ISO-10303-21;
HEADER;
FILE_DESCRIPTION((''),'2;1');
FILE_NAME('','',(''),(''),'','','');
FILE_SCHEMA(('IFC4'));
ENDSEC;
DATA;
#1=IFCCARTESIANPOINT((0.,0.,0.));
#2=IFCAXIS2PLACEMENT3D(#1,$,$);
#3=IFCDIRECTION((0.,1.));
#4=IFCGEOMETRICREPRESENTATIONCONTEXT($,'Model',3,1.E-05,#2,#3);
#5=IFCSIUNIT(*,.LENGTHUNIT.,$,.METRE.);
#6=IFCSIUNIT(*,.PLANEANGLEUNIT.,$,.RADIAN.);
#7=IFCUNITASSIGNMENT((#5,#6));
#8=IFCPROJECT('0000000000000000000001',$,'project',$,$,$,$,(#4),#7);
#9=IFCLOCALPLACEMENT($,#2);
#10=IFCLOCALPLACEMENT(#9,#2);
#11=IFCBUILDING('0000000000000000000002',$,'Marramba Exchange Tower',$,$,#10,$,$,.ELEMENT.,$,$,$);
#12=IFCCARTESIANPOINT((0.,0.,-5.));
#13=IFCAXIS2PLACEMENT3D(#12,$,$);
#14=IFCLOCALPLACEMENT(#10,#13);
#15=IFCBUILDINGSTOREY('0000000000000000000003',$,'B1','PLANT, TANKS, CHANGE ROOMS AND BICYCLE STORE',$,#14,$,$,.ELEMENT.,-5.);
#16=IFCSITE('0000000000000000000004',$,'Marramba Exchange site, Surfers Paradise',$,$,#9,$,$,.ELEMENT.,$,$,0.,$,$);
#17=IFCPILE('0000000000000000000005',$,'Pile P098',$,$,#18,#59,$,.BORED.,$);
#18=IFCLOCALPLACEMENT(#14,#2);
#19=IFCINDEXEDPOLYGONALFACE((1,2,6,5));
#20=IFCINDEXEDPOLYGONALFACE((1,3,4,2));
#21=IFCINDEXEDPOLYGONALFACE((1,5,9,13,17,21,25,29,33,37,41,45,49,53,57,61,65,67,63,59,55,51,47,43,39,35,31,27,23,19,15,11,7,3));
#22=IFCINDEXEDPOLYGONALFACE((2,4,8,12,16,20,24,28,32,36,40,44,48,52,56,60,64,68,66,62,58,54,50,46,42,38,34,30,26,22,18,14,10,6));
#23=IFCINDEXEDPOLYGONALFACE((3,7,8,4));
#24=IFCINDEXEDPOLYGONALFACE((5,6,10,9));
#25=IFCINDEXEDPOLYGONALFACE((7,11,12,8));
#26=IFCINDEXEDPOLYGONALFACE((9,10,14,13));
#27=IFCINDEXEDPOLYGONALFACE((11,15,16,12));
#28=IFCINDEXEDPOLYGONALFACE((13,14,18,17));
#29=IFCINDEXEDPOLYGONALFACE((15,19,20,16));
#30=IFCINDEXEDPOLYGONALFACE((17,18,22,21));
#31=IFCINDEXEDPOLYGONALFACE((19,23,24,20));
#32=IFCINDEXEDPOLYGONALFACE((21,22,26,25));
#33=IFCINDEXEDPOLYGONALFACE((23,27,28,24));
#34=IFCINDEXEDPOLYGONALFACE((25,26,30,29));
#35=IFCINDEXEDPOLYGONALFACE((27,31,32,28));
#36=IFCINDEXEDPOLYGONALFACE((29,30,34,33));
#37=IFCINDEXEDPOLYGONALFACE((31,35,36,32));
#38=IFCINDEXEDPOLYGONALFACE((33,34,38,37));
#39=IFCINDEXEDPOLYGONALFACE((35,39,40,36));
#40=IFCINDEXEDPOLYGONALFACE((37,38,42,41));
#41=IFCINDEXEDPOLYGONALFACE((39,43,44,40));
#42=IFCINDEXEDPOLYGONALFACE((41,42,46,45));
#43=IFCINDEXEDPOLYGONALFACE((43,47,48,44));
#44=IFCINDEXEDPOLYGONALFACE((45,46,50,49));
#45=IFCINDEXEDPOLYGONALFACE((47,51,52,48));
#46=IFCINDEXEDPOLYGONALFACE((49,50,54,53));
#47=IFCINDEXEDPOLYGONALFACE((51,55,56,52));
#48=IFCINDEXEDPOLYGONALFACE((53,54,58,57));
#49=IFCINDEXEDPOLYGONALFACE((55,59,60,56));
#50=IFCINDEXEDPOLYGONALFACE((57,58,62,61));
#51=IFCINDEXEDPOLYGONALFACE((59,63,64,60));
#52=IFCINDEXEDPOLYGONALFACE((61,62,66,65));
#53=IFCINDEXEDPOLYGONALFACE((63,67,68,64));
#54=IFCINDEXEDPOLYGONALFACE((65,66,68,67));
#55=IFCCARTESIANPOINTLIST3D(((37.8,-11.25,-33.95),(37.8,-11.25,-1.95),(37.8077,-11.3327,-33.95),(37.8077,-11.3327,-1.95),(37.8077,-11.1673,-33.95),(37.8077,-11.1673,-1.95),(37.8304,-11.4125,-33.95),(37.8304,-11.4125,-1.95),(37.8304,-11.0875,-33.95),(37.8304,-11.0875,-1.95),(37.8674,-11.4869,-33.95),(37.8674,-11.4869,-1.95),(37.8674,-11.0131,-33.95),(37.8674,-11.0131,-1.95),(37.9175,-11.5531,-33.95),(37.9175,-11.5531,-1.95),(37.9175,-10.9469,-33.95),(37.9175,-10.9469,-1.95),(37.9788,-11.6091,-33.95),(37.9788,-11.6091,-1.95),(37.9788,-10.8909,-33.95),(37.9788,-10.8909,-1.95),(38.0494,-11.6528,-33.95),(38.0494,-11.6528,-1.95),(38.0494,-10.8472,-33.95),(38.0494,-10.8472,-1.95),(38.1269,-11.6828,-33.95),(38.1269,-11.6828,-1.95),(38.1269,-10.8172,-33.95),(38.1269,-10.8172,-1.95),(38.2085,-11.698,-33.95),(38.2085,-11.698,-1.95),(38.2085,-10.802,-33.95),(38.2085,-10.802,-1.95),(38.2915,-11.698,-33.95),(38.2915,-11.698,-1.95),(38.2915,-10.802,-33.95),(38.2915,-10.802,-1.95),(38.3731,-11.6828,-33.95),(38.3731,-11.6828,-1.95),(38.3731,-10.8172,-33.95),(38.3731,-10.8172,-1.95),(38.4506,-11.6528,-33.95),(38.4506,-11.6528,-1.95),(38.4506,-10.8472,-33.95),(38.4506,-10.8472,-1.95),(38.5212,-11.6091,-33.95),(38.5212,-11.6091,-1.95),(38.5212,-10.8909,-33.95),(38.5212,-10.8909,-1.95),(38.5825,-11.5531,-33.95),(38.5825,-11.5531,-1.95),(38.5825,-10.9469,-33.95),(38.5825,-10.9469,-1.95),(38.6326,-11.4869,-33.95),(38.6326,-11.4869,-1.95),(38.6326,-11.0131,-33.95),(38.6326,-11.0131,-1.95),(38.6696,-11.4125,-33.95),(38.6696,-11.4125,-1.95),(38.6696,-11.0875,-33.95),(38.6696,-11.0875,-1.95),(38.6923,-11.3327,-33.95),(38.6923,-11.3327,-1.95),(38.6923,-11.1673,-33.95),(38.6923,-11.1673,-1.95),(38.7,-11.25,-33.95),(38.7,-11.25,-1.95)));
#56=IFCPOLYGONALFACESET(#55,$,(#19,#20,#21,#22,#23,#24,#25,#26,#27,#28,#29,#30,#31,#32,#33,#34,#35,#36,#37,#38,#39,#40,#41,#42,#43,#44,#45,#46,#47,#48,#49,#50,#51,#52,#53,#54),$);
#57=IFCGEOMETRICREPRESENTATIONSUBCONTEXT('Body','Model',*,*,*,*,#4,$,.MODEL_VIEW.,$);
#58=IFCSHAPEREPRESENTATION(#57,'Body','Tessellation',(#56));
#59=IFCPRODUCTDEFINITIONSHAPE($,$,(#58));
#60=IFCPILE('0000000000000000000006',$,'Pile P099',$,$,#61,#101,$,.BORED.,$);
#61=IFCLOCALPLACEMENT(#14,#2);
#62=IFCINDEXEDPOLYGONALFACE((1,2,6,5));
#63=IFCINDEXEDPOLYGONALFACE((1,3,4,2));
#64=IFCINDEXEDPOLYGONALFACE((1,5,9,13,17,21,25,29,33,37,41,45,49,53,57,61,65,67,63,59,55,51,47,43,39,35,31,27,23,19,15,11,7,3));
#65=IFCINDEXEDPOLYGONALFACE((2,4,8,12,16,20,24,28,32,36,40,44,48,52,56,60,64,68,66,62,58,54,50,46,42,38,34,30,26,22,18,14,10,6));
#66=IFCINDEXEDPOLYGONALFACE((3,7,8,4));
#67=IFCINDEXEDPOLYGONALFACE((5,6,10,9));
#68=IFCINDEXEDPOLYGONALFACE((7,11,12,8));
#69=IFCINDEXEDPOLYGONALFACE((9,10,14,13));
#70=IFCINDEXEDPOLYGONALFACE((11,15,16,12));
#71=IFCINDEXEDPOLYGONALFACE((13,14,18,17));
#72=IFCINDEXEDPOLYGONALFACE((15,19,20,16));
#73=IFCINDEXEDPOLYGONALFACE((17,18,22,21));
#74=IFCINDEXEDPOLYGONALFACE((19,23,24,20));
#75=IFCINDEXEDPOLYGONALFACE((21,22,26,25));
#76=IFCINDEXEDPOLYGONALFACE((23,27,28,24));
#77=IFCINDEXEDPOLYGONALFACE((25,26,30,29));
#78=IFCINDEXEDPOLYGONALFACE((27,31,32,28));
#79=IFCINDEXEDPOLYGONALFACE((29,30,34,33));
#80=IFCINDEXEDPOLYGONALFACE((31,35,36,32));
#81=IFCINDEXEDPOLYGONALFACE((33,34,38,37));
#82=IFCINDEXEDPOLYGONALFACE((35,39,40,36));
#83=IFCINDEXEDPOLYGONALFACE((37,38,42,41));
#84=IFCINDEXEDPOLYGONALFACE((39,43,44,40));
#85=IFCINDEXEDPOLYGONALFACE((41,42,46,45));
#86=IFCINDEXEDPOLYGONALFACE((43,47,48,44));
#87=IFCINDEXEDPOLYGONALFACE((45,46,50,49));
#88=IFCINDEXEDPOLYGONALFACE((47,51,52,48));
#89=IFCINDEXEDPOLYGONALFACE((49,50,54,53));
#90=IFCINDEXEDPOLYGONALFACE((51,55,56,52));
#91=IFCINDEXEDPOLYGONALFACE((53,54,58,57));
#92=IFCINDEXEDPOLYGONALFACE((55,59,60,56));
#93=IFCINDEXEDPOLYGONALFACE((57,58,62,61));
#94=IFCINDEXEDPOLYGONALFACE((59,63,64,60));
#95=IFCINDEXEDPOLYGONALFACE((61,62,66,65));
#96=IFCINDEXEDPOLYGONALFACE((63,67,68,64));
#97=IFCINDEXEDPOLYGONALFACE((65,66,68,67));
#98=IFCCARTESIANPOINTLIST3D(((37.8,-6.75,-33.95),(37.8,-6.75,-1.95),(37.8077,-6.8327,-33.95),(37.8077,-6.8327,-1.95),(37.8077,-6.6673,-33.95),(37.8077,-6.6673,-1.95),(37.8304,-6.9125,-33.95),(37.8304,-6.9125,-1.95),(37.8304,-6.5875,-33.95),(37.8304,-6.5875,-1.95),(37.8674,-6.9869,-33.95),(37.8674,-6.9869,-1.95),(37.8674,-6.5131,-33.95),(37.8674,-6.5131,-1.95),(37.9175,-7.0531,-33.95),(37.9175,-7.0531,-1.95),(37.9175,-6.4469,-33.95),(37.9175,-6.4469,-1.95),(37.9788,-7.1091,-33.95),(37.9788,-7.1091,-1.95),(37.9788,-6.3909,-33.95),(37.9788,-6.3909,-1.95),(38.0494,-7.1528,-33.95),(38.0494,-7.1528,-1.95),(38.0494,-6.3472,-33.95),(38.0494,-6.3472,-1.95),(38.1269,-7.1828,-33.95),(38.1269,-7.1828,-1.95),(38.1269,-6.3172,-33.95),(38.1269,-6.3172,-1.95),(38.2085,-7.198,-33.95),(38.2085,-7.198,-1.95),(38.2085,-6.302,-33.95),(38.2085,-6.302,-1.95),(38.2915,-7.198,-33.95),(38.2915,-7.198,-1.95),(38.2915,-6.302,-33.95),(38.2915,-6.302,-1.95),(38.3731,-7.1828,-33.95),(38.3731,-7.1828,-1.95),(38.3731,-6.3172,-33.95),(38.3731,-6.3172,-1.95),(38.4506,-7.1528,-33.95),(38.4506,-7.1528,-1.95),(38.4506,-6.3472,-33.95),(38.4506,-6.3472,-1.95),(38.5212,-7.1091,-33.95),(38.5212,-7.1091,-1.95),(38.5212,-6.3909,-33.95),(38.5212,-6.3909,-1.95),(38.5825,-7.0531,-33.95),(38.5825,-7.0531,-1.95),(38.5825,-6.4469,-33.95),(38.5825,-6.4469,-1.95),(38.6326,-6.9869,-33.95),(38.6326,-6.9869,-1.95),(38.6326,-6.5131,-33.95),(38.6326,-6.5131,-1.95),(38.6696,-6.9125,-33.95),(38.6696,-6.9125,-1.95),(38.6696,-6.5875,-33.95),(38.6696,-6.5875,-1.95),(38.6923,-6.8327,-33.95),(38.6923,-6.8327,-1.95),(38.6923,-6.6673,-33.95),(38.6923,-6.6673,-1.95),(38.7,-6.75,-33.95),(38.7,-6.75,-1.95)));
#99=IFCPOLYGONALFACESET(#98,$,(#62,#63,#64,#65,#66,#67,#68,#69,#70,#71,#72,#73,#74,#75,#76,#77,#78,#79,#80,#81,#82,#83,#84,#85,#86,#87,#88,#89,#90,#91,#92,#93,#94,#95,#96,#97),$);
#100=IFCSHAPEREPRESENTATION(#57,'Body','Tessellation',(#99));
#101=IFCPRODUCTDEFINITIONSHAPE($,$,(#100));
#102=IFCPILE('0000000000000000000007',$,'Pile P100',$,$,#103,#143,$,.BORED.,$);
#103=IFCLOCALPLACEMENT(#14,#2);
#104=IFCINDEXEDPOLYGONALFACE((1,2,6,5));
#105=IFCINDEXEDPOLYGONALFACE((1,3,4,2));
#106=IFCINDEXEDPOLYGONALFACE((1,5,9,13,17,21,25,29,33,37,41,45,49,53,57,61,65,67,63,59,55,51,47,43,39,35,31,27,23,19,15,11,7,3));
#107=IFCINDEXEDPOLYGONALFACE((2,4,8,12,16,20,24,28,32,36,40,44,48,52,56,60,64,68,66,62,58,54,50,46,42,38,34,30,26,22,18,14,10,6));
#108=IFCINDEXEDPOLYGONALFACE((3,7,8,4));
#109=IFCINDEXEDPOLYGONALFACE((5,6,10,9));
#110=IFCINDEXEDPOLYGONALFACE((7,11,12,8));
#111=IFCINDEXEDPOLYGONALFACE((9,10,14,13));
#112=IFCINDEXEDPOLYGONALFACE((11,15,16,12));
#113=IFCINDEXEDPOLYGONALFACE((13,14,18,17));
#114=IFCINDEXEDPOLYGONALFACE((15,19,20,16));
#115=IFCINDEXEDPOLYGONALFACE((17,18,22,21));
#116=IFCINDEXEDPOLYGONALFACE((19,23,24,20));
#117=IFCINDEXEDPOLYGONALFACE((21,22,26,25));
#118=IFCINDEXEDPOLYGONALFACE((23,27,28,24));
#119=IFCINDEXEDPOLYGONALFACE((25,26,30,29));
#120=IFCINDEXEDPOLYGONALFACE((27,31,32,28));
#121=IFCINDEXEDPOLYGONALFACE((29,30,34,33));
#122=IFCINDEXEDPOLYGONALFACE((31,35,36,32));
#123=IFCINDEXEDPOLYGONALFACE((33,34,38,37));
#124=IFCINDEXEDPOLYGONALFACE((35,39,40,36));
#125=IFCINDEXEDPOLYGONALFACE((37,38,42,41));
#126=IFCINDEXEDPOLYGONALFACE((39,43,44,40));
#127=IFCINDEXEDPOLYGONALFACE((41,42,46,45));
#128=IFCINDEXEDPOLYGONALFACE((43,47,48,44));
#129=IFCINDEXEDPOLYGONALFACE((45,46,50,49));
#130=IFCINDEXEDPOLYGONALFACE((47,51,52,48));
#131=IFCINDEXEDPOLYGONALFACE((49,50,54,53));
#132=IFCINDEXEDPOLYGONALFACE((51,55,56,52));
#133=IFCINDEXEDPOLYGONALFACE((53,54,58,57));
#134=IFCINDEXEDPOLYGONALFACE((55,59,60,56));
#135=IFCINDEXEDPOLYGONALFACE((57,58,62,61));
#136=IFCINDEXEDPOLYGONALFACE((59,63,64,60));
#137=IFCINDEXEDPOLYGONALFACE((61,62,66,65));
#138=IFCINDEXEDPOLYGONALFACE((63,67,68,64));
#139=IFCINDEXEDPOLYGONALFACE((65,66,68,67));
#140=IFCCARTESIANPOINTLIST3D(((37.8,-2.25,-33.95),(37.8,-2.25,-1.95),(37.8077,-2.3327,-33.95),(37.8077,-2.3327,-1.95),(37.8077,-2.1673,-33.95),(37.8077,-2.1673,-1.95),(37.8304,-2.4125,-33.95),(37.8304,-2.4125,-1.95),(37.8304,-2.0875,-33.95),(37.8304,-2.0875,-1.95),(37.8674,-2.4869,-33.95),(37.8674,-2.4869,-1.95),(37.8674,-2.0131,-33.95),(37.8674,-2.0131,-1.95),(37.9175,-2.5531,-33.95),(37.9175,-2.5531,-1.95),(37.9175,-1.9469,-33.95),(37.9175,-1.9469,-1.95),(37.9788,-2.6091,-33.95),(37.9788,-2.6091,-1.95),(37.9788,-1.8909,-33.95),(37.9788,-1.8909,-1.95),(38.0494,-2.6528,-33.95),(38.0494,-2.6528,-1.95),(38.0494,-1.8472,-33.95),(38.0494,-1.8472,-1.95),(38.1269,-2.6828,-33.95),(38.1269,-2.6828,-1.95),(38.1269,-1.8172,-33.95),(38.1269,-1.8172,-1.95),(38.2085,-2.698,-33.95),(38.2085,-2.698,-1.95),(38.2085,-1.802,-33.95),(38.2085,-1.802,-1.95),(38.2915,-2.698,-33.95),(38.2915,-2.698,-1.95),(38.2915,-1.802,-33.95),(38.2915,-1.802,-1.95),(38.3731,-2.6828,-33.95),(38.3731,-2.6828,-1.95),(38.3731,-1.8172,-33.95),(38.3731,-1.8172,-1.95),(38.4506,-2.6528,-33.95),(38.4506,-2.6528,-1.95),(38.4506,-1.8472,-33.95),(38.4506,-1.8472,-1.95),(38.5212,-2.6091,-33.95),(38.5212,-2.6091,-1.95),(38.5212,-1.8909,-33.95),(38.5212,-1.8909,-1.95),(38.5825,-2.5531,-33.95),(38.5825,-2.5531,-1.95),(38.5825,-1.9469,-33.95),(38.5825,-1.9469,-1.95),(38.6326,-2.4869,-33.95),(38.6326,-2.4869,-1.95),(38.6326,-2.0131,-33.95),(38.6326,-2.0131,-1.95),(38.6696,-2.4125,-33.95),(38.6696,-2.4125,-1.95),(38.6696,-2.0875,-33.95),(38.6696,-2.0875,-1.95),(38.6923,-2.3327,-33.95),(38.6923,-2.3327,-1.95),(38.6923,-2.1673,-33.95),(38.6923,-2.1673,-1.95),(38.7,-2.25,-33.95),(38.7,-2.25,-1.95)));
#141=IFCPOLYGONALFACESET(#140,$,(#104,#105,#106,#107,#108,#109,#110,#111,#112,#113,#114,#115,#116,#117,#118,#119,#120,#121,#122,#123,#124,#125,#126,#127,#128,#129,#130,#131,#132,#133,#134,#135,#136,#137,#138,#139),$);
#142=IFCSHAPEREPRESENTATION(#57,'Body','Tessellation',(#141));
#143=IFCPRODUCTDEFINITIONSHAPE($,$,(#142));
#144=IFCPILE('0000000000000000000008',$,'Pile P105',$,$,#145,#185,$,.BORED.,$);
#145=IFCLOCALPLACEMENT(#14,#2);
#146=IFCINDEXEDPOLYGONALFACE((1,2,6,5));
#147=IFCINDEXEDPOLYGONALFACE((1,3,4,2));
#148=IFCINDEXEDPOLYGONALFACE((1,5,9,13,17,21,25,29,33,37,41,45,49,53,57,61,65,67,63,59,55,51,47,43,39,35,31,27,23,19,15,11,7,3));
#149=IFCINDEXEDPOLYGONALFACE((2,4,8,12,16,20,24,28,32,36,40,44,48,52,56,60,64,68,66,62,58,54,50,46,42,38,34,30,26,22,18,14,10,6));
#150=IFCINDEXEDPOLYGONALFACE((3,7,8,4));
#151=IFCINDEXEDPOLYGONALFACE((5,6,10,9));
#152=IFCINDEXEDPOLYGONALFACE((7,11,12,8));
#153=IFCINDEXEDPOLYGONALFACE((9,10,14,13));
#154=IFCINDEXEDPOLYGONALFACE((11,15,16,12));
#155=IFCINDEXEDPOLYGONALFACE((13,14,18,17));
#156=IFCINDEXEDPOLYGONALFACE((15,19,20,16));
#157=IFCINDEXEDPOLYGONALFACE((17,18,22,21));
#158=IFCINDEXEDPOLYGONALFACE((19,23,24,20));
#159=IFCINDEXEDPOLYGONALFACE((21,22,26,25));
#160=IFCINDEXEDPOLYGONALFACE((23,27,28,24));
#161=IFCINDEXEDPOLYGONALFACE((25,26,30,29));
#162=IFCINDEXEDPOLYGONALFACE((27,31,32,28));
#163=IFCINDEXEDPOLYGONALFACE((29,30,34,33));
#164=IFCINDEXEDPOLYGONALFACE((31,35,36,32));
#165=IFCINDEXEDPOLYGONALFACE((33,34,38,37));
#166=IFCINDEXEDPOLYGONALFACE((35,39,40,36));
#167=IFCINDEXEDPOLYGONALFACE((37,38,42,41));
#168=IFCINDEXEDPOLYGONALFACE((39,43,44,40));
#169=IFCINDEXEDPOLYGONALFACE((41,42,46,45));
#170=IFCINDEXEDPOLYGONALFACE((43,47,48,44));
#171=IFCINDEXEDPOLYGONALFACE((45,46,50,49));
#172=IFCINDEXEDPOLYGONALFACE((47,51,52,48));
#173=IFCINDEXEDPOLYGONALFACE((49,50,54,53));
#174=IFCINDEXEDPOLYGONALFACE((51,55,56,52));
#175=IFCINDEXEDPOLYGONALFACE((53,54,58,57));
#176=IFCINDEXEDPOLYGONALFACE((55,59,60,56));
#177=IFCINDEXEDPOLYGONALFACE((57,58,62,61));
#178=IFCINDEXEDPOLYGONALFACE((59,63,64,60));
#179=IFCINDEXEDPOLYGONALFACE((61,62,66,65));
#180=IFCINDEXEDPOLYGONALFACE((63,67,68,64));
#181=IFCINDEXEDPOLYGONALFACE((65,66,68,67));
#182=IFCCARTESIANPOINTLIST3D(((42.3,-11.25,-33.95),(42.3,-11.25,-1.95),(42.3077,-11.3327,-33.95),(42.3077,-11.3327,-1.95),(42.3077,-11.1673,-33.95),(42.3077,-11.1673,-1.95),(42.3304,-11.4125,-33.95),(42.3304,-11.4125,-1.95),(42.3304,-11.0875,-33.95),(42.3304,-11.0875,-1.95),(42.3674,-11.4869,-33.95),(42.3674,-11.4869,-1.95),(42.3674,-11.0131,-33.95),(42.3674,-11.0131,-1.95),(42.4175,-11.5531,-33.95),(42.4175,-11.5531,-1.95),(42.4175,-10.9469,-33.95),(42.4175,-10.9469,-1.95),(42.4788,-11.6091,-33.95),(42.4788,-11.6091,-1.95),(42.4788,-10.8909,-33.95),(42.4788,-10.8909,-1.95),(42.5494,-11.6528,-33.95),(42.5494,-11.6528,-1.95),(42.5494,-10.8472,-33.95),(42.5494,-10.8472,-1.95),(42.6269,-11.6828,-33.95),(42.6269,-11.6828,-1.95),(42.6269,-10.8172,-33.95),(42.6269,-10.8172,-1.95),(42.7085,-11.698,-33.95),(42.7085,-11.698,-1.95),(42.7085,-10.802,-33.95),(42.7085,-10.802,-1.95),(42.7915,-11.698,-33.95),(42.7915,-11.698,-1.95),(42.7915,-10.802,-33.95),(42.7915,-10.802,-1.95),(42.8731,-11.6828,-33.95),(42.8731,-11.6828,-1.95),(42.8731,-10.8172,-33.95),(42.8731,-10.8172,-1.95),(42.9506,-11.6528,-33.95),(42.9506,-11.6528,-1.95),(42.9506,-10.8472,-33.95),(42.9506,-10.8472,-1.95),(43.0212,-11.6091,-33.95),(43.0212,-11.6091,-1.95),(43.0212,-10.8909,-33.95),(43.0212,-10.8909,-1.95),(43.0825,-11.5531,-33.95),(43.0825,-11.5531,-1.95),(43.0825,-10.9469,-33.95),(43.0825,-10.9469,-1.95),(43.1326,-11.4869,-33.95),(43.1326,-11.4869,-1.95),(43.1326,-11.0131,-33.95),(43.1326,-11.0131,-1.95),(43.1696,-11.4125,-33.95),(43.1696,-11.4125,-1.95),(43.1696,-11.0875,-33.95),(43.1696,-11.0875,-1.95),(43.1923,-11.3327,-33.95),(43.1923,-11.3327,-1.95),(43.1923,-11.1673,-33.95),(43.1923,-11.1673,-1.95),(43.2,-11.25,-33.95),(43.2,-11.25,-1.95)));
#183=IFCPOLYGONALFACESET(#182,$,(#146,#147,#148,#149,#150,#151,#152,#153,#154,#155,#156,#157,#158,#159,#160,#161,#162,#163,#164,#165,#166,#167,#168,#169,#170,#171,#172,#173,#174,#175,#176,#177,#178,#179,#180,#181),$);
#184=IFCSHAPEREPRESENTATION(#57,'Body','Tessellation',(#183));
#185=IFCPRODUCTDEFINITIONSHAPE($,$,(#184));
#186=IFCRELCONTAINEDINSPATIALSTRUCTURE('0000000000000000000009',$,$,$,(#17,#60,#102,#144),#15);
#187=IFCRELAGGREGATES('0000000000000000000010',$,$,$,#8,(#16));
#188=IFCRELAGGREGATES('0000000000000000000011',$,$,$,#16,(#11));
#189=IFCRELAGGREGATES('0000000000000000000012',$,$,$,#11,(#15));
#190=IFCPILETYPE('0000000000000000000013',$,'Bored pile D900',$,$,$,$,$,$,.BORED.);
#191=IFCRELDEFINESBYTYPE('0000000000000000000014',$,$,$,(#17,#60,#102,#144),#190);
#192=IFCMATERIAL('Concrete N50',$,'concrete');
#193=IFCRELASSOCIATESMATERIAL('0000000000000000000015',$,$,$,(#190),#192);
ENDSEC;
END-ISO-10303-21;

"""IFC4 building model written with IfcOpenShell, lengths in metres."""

from ifc_helpers import new_model, si_unit, direction, frame, origin, origin_2d, place, context, subcontext, project, spatial, circle, extrude, material, material_profile, profile_set, type_object, element, save


model = new_model("IFC4")

# Units and contexts
model_context = context("Model", 3, precision=1e-05, world=origin(), true_north=direction((0.0, 1.0)))
body_context = subcontext(model_context, "Body", "Model", "MODEL_VIEW")
ifc_project = project(units=[si_unit("LENGTHUNIT", "METRE"), si_unit("PLANEANGLEUNIT", "RADIAN")], contexts=[model_context])

# Site, building, storey
site_placement = place(None, origin())
site = spatial("IfcSite", under=ifc_project, at=site_placement, Name="Marramba Exchange site, Surfers Paradise", CompositionType="ELEMENT", RefElevation=0.0)
building_placement = place(site_placement, origin())
building = spatial("IfcBuilding", under=site, at=building_placement, Name="Marramba Exchange Tower", CompositionType="ELEMENT")
storey_placement = place(building_placement, frame((0.0, 0.0, -5.0)))
storey = spatial("IfcBuildingStorey", under=building, at=storey_placement, Name="B1", Description="PLANT, TANKS, CHANGE ROOMS AND BICYCLE STORE", CompositionType="ELEMENT", Elevation=-5.0)

# Piles
ifc_material_1 = material(Name="Concrete N50", Category="concrete")
ifc_material_profile_1 = material_profile(ifc_material_1, circle(Radius=0.45, at=origin_2d()), Name="BP D900")
ifc_profile_set_1 = profile_set([ifc_material_profile_1], Name="Concrete N50")
pile_type_1 = type_object("IfcPileType", Name="Bored pile D900", PredefinedType="BORED", material=ifc_profile_set_1)
for number, where, z_axis, x_axis, name in (
    (1, (38.25, -11.25, -1.95), (0.0, 0.0, -1.0), (1.0, 0.0, 0.0), "Pile P098"),
    (2, (38.25, -6.75, -1.95), (0.0, 0.0, -1.0), (1.0, 0.0, 0.0), "Pile P099"),
    (3, (38.25, -2.25, -1.95), (0.0, 0.0, -1.0), (1.0, 0.0, 0.0), "Pile P100"),
    (4, (42.75, -11.25, -1.95), (0.0, 0.0, -1.0), (1.0, 0.0, 0.0), "Pile P105"),
):
    element("IfcPile", number, at=place(storey_placement, frame(where, z_axis=z_axis, x_axis=x_axis)), inside=storey, type_object=pile_type_1, Name=name, PredefinedType="BORED", context=body_context, shape_type="SweptSolid", body=[
        extrude(circle(Radius=0.45, at=origin_2d()), origin(), (0.0, 0.0, 1.0), 32.0),
    ])

save(model, "model.ifc")
